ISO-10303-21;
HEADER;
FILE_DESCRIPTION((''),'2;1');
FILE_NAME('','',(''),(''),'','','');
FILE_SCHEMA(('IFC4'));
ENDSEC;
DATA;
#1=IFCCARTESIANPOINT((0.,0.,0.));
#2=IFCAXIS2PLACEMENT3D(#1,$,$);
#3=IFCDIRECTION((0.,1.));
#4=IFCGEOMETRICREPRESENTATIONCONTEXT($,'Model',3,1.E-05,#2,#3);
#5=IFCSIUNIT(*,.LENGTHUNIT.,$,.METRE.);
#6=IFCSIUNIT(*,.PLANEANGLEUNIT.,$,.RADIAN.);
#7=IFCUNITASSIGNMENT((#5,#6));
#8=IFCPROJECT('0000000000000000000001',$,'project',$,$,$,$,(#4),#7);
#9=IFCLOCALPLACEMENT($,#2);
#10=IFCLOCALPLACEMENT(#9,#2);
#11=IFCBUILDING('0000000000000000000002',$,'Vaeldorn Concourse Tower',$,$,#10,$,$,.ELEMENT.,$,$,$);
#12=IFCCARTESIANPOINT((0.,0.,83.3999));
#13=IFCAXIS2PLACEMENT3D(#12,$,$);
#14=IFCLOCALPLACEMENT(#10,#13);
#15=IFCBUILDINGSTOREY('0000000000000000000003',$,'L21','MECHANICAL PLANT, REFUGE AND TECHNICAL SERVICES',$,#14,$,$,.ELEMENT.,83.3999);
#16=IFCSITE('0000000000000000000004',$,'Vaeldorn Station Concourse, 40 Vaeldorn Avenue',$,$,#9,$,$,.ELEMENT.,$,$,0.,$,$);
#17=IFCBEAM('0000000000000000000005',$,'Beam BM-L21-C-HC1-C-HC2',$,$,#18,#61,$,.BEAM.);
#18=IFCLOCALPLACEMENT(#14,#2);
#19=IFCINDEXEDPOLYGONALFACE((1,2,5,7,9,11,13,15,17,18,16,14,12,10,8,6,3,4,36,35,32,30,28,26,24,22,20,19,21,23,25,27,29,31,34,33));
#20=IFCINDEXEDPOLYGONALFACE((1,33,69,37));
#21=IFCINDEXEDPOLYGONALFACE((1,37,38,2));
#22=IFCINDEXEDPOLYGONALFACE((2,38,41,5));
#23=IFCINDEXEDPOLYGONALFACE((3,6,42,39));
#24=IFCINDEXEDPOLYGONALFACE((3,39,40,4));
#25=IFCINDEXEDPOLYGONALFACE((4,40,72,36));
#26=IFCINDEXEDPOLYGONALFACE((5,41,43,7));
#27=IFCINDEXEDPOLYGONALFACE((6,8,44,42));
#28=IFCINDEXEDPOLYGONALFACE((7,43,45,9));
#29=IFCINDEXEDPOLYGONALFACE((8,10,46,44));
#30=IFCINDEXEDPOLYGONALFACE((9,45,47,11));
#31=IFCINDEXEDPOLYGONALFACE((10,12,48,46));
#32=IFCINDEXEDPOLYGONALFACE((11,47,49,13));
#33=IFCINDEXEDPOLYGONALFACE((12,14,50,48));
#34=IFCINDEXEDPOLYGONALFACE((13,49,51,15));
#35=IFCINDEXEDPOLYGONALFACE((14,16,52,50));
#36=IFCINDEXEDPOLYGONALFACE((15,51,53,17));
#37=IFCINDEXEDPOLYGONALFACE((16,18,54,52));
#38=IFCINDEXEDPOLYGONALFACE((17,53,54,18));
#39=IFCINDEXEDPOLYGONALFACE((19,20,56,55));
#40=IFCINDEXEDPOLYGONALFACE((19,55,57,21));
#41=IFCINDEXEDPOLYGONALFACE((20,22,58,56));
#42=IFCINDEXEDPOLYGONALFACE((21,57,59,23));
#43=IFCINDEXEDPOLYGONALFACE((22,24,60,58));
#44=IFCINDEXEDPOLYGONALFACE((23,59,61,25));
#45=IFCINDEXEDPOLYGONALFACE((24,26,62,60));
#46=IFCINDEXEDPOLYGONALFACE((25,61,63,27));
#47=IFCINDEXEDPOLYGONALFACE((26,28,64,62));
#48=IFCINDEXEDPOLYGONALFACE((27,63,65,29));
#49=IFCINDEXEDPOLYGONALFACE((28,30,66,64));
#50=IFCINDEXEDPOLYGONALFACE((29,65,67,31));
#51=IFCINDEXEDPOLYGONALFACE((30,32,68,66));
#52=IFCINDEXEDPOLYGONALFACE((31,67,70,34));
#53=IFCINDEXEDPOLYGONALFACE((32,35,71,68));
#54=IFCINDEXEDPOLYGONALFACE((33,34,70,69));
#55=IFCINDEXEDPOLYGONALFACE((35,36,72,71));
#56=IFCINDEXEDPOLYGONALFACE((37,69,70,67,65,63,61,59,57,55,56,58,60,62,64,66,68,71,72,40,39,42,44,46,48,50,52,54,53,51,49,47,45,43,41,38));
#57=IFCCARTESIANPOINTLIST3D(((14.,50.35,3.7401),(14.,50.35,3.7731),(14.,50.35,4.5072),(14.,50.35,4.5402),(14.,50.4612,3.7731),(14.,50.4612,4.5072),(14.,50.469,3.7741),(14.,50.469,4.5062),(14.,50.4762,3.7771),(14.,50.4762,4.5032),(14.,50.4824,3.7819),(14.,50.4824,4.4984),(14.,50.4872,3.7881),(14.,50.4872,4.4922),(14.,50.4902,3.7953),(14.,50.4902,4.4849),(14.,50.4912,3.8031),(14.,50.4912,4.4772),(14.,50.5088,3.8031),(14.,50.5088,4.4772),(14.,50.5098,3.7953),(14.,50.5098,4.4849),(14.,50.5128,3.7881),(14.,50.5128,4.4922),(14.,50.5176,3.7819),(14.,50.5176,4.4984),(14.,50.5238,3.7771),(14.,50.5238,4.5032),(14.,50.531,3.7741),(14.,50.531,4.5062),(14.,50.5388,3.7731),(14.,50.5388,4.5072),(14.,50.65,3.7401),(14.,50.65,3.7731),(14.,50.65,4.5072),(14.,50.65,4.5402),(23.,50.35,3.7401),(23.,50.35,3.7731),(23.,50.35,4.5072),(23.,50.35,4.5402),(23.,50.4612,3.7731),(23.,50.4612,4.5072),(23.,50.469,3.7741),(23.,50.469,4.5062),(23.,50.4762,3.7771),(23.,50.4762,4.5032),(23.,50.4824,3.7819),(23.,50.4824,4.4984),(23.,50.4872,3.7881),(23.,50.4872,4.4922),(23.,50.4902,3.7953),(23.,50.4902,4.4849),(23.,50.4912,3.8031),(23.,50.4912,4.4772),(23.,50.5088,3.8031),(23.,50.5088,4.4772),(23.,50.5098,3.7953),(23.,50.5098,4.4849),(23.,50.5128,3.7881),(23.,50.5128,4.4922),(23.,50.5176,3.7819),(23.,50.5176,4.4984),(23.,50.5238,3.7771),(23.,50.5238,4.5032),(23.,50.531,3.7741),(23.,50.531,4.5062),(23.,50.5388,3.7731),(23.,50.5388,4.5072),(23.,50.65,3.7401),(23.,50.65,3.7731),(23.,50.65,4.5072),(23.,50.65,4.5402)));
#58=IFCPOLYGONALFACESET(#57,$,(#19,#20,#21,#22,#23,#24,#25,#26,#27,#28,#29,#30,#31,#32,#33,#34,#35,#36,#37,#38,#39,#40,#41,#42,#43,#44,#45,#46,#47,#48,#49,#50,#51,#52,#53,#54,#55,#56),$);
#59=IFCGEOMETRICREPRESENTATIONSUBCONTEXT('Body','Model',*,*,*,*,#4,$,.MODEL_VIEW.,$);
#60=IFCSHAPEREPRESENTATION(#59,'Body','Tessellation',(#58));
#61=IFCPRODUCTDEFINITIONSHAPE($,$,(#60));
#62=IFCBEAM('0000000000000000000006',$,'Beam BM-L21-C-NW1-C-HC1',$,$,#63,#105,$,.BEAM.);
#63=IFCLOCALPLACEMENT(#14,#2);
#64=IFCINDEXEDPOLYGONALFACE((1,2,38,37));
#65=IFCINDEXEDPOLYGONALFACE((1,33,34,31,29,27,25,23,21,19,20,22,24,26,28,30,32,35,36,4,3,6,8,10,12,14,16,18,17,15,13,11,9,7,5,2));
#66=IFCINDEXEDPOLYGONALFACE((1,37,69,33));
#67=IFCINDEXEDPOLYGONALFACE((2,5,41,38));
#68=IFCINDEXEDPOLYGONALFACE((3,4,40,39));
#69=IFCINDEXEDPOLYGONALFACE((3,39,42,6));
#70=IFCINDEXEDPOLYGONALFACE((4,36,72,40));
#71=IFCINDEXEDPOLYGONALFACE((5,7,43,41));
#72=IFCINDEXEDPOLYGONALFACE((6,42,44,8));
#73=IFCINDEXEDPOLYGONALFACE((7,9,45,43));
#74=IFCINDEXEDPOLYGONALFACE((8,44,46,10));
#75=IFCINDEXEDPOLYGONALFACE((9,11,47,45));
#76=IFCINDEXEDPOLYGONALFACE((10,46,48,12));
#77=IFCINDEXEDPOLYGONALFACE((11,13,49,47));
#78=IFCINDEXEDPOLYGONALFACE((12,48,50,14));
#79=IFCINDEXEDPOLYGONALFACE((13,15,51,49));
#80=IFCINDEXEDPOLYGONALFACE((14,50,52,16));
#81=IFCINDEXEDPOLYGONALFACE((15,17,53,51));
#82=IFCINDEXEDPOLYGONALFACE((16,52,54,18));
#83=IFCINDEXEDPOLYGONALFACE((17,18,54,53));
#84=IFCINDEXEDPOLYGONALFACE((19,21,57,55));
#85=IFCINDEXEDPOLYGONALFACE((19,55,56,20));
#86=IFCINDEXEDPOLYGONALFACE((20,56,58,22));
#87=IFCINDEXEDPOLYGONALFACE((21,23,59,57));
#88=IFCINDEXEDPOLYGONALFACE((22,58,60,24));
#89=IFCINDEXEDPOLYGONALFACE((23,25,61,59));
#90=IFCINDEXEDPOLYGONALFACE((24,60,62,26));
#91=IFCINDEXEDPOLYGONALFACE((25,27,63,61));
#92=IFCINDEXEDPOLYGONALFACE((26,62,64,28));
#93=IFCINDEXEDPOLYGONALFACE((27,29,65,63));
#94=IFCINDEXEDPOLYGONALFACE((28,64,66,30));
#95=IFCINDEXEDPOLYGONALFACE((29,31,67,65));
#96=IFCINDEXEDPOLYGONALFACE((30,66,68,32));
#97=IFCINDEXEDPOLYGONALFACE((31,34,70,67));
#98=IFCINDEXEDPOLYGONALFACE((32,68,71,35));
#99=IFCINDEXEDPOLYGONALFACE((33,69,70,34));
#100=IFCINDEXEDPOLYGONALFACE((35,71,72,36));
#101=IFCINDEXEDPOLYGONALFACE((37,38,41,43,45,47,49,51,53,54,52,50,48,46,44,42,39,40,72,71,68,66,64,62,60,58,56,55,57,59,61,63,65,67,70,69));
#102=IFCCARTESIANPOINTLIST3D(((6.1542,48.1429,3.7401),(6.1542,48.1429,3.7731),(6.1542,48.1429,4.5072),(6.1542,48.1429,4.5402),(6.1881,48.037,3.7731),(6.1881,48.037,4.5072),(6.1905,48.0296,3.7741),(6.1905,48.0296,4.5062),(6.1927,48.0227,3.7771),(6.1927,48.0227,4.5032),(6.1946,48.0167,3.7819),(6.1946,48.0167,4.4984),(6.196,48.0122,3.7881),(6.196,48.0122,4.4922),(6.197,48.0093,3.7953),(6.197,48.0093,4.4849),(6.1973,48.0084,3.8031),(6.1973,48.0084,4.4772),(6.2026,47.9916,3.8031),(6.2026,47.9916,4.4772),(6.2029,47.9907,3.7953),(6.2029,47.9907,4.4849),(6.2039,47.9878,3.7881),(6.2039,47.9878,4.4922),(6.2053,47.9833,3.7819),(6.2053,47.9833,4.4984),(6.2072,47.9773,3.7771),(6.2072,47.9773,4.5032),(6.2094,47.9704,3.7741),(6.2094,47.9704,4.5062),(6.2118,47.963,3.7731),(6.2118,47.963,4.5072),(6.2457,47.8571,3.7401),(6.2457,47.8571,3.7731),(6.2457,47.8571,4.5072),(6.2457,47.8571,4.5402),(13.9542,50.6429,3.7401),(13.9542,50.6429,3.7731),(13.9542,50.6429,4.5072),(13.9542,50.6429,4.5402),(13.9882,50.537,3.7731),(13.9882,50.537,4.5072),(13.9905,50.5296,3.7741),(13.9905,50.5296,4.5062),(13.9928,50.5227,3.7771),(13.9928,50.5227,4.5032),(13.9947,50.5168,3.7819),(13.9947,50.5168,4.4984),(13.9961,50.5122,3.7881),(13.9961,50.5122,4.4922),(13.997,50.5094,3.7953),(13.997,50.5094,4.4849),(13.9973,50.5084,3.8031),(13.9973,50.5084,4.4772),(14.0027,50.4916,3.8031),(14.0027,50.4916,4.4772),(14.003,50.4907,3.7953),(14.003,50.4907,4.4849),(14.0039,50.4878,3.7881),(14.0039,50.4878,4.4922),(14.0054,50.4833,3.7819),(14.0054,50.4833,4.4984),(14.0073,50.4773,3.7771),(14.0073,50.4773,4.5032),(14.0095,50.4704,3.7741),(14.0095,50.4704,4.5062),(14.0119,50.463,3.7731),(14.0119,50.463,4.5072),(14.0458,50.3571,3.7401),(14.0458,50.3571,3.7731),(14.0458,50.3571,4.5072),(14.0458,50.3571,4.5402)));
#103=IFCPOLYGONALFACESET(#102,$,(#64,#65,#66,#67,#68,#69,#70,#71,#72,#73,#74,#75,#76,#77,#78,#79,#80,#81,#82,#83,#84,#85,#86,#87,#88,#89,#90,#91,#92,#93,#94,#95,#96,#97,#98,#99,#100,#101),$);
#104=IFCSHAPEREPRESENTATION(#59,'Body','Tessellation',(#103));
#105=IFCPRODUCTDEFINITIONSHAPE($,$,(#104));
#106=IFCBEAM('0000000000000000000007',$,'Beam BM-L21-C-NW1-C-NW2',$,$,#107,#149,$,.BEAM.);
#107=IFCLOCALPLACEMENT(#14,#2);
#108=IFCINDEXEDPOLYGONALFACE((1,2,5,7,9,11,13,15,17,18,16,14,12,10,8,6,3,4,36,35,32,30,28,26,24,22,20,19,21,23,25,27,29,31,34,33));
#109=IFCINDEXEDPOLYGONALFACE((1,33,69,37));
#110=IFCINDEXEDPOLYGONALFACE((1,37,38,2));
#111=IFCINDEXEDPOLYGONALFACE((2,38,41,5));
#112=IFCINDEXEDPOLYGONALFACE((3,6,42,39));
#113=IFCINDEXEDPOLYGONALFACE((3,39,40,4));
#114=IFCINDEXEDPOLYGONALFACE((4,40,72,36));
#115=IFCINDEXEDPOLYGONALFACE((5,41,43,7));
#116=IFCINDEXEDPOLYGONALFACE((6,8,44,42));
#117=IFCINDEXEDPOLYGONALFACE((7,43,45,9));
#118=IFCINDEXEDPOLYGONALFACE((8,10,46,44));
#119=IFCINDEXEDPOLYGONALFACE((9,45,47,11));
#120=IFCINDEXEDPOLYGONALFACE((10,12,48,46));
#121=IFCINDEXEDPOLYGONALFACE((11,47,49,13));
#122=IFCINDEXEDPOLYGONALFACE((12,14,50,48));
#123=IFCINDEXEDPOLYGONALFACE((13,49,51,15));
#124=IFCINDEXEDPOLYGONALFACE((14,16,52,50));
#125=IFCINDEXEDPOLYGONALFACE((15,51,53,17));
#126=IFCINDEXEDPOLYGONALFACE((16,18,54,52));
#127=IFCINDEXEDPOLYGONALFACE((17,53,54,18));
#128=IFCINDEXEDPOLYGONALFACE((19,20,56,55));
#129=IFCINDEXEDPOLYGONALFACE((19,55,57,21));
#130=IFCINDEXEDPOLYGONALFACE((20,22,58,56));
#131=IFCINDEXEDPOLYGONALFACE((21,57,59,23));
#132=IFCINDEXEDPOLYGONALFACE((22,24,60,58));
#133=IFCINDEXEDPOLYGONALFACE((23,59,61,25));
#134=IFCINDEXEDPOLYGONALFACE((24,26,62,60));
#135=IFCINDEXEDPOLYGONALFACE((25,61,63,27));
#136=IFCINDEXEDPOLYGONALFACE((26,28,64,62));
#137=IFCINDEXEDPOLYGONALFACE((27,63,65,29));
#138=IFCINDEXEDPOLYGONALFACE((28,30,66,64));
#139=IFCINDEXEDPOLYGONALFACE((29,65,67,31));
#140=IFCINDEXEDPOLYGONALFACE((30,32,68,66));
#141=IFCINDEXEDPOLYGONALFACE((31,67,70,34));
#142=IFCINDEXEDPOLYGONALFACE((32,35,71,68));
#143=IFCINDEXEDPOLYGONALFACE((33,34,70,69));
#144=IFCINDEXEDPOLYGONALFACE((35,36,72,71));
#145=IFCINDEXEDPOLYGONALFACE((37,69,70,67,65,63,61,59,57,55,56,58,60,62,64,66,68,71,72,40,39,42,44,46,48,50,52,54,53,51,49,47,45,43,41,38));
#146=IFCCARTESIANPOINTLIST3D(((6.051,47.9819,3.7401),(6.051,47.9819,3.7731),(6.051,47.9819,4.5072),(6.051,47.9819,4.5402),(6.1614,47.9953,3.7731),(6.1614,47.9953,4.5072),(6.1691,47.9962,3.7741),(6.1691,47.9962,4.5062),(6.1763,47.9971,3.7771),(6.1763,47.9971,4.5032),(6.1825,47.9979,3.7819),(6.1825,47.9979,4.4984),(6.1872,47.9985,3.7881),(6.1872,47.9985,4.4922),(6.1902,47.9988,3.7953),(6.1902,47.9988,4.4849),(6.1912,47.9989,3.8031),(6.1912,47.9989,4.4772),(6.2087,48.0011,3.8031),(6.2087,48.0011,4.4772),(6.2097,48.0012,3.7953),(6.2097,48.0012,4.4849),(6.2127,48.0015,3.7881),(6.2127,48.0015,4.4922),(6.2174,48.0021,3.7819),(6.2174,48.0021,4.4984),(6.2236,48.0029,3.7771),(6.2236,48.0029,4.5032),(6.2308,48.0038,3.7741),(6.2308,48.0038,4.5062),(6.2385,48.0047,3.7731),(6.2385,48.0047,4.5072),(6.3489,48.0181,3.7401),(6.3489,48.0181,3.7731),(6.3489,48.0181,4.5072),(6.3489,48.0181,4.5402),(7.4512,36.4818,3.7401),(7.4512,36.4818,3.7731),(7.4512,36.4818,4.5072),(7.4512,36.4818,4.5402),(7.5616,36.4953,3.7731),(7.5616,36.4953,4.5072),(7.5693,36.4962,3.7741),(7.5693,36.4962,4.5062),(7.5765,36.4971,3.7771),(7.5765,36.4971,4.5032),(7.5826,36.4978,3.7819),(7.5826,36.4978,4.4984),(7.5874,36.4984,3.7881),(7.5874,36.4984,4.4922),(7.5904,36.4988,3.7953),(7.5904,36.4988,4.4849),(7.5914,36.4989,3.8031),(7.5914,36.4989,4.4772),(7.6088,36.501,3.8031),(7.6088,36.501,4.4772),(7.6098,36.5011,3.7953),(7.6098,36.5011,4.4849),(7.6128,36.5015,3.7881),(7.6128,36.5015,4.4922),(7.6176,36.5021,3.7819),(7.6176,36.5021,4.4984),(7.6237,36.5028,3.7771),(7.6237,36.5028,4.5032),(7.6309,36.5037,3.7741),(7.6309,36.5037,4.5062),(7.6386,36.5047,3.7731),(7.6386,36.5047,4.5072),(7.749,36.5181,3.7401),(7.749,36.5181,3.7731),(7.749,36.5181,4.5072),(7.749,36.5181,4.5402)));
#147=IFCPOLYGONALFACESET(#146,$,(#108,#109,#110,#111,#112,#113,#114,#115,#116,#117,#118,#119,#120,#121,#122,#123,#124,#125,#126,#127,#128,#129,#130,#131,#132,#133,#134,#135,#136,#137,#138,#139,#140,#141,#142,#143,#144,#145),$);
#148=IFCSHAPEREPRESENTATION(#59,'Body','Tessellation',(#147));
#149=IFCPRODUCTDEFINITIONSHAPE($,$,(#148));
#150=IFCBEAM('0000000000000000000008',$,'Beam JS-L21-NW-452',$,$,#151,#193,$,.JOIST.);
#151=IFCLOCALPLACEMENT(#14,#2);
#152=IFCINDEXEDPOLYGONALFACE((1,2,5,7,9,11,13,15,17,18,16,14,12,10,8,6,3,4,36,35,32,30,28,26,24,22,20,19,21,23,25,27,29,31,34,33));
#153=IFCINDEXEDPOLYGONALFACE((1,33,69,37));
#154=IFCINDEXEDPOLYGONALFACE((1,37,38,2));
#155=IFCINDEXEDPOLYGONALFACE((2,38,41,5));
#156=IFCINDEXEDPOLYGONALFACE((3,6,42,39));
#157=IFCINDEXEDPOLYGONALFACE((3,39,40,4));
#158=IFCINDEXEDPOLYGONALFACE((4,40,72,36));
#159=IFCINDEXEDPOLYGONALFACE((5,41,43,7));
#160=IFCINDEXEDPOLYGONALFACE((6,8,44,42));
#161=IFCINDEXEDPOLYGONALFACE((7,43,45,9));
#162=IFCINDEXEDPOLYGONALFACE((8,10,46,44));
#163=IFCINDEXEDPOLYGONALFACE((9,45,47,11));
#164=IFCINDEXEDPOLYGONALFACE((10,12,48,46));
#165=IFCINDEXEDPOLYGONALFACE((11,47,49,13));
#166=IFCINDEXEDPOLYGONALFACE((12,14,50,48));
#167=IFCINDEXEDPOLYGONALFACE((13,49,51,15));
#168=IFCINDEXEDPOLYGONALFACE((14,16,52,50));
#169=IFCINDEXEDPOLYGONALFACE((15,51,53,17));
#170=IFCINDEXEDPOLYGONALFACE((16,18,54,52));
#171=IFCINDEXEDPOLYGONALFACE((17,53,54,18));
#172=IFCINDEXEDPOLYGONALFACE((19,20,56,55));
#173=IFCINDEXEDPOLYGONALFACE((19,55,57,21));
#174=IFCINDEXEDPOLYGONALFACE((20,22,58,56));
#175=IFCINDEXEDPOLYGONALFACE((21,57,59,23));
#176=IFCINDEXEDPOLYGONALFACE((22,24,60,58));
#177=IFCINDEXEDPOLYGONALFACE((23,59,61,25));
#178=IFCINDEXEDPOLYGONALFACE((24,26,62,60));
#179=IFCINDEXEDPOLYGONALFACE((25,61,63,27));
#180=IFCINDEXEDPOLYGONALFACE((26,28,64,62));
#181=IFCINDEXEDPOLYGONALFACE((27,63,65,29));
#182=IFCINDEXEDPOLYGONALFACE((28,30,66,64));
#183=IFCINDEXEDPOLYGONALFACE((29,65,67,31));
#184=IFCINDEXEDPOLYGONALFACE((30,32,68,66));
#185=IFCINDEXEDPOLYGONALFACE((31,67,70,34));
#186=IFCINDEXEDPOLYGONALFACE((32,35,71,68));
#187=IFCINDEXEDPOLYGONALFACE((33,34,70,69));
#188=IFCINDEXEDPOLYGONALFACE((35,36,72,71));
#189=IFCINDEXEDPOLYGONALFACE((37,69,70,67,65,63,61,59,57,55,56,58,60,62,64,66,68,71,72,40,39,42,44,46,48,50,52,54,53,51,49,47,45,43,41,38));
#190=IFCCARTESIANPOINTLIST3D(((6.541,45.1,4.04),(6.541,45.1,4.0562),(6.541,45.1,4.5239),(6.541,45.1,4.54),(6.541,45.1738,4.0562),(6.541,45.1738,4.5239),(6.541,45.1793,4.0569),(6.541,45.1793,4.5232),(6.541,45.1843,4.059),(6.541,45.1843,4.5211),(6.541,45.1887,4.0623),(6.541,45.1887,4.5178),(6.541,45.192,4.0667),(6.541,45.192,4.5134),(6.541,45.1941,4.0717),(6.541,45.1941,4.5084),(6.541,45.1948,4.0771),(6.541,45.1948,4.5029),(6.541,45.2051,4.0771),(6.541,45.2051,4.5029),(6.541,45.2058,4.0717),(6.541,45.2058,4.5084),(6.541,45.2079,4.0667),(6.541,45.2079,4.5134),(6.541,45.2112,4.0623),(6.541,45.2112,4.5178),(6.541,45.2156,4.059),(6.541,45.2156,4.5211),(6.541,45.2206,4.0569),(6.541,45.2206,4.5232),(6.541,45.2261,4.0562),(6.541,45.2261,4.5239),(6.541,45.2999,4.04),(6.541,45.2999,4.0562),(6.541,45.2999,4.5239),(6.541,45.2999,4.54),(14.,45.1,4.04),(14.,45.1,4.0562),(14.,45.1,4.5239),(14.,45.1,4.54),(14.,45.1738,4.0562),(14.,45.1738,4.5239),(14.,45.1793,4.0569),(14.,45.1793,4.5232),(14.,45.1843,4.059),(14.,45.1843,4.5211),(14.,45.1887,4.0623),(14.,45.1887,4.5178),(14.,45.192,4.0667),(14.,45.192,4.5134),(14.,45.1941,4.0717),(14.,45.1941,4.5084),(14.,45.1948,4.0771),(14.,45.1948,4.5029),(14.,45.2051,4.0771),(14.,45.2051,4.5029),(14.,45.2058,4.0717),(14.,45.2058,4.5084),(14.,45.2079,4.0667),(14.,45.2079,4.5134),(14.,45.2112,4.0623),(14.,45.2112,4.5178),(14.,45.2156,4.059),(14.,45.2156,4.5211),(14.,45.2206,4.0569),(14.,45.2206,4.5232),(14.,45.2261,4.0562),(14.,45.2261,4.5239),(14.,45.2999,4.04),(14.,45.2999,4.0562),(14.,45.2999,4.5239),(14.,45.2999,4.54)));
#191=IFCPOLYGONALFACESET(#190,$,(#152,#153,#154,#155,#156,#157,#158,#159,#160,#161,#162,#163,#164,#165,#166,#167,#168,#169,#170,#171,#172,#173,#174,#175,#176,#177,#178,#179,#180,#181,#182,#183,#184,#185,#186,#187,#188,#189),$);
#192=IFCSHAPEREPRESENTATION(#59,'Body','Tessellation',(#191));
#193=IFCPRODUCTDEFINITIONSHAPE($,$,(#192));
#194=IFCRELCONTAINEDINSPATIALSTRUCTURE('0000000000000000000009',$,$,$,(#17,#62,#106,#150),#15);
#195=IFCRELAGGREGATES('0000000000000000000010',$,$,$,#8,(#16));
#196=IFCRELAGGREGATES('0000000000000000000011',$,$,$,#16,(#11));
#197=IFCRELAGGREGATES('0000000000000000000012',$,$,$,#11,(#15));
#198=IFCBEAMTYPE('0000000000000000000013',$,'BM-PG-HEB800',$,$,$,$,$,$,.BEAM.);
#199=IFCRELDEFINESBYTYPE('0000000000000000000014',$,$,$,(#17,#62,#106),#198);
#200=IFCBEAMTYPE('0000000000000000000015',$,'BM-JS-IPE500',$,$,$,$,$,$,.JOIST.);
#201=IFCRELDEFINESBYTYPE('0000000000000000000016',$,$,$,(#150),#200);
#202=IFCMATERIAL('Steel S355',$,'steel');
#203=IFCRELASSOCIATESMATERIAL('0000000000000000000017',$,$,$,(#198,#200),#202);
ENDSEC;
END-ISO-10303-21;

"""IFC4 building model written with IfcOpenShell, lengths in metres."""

from ifc_helpers import new_model, si_unit, direction, frame, origin, origin_2d, place, context, subcontext, project, spatial, i_section, extrude, source, transform, mapped, material, material_profile, profile_set, type_object, element, save


model = new_model("IFC4")

# Units and contexts
model_context = context("Model", 3, precision=1e-05, world=origin(), true_north=direction((0.0, 1.0)))
body_context = subcontext(model_context, "Body", "Model", "MODEL_VIEW")
ifc_project = project(units=[si_unit("LENGTHUNIT", "METRE"), si_unit("PLANEANGLEUNIT", "RADIAN")], contexts=[model_context])

# Site, building, storey
site_placement = place(None, origin())
site = spatial("IfcSite", under=ifc_project, at=site_placement, Name="Vaeldorn Station Concourse, 40 Vaeldorn Avenue", CompositionType="ELEMENT", RefElevation=0.0)
building_placement = place(site_placement, origin())
building = spatial("IfcBuilding", under=site, at=building_placement, Name="Vaeldorn Concourse Tower", CompositionType="ELEMENT")
storey_placement = place(building_placement, frame((0.0, 0.0, 83.3999)))
storey = spatial("IfcBuildingStorey", under=building, at=storey_placement, Name="L21", Description="MECHANICAL PLANT, REFUGE AND TECHNICAL SERVICES", CompositionType="ELEMENT", Elevation=83.3999)

# Beams
ifc_material_1 = material(Name="Steel S355", Category="steel")
ifc_material_profile_1 = material_profile(ifc_material_1, i_section(OverallWidth=0.3, OverallDepth=0.8, WebThickness=0.0176, FlangeThickness=0.033, FilletRadius=0.03, at=origin_2d()), Name="HEB 800")
ifc_profile_set_1 = profile_set([ifc_material_profile_1], Name="Steel S355")
beam_type_1 = type_object("IfcBeamType", Name="BM-PG-HEB800", PredefinedType="BEAM", material=ifc_profile_set_1)
shared_shape_1 = source(origin(), body_context, "Body", "SweptSolid", [
    extrude(i_section(OverallWidth=0.3, OverallDepth=0.8, WebThickness=0.0176, FlangeThickness=0.033, FilletRadius=0.03, at=origin_2d()), origin(), (0.0, 0.0, 1.0), 9.0),
])
beam_1_placement = place(storey_placement, frame((14.0, 50.5, 4.1401), z_axis=(1.0, 0.0, 0.0), x_axis=(0.0, 1.0, 0.0)))
element("IfcBeam", 1, at=beam_1_placement, inside=storey, type_object=beam_type_1, Name="Beam BM-L21-C-HC1-C-HC2", PredefinedType="BEAM", context=body_context, shape_type="MappedRepresentation", body=[
    mapped(shared_shape_1, transform((0.0, 0.0, 0.0), scale=1.0)),
])
shared_shape_2 = source(origin(), body_context, "Body", "SweptSolid", [
    extrude(i_section(OverallWidth=0.3, OverallDepth=0.8, WebThickness=0.0176, FlangeThickness=0.033, FilletRadius=0.03, at=origin_2d()), origin(), (0.0, 0.0, 1.0), 8.1909),
])
beam_2_placement = place(storey_placement, frame((6.2, 48.0, 4.1401), z_axis=(0.952283, 0.305217, 0.0), x_axis=(-0.305217, 0.952283, 0.0)))
element("IfcBeam", 2, at=beam_2_placement, inside=storey, type_object=beam_type_1, Name="Beam BM-L21-C-NW1-C-HC1", PredefinedType="BEAM", context=body_context, shape_type="MappedRepresentation", body=[
    mapped(shared_shape_2, transform((0.0, 0.0, 0.0), scale=1.0)),
])
shared_shape_3 = source(origin(), body_context, "Body", "SweptSolid", [
    extrude(i_section(OverallWidth=0.3, OverallDepth=0.8, WebThickness=0.0176, FlangeThickness=0.033, FilletRadius=0.03, at=origin_2d()), origin(), (0.0, 0.0, 1.0), 11.585),
])
beam_3_placement = place(storey_placement, frame((6.2, 48.0, 4.1401), z_axis=(0.120859, -0.99267, 0.0), x_axis=(0.99267, 0.120859, 0.0)))
element("IfcBeam", 3, at=beam_3_placement, inside=storey, type_object=beam_type_1, Name="Beam BM-L21-C-NW1-C-NW2", PredefinedType="BEAM", context=body_context, shape_type="MappedRepresentation", body=[
    mapped(shared_shape_3, transform((0.0, 0.0, 0.0), scale=1.0)),
])
ifc_material_profile_2 = material_profile(ifc_material_1, i_section(OverallWidth=0.2, OverallDepth=0.5, WebThickness=0.0103, FlangeThickness=0.0161, FilletRadius=0.021, at=origin_2d()), Name="IPE 500")
ifc_profile_set_2 = profile_set([ifc_material_profile_2], Name="Steel S355")
beam_type_2 = type_object("IfcBeamType", Name="BM-JS-IPE500", PredefinedType="JOIST", material=ifc_profile_set_2)
shared_shape_4 = source(origin(), body_context, "Body", "SweptSolid", [
    extrude(i_section(OverallWidth=0.2, OverallDepth=0.5, WebThickness=0.0103, FlangeThickness=0.0161, FilletRadius=0.021, at=origin_2d()), origin(), (0.0, 0.0, 1.0), 7.459),
])
beam_4_placement = place(storey_placement, frame((6.541, 45.2, 4.29), z_axis=(1.0, 0.0, 0.0), x_axis=(0.0, 1.0, 0.0)))
element("IfcBeam", 4, at=beam_4_placement, inside=storey, type_object=beam_type_2, Name="Beam JS-L21-NW-452", PredefinedType="JOIST", context=body_context, shape_type="MappedRepresentation", body=[
    mapped(shared_shape_4, transform((0.0, 0.0, 0.0), scale=1.0)),
])

save(model, "model.ifc")
